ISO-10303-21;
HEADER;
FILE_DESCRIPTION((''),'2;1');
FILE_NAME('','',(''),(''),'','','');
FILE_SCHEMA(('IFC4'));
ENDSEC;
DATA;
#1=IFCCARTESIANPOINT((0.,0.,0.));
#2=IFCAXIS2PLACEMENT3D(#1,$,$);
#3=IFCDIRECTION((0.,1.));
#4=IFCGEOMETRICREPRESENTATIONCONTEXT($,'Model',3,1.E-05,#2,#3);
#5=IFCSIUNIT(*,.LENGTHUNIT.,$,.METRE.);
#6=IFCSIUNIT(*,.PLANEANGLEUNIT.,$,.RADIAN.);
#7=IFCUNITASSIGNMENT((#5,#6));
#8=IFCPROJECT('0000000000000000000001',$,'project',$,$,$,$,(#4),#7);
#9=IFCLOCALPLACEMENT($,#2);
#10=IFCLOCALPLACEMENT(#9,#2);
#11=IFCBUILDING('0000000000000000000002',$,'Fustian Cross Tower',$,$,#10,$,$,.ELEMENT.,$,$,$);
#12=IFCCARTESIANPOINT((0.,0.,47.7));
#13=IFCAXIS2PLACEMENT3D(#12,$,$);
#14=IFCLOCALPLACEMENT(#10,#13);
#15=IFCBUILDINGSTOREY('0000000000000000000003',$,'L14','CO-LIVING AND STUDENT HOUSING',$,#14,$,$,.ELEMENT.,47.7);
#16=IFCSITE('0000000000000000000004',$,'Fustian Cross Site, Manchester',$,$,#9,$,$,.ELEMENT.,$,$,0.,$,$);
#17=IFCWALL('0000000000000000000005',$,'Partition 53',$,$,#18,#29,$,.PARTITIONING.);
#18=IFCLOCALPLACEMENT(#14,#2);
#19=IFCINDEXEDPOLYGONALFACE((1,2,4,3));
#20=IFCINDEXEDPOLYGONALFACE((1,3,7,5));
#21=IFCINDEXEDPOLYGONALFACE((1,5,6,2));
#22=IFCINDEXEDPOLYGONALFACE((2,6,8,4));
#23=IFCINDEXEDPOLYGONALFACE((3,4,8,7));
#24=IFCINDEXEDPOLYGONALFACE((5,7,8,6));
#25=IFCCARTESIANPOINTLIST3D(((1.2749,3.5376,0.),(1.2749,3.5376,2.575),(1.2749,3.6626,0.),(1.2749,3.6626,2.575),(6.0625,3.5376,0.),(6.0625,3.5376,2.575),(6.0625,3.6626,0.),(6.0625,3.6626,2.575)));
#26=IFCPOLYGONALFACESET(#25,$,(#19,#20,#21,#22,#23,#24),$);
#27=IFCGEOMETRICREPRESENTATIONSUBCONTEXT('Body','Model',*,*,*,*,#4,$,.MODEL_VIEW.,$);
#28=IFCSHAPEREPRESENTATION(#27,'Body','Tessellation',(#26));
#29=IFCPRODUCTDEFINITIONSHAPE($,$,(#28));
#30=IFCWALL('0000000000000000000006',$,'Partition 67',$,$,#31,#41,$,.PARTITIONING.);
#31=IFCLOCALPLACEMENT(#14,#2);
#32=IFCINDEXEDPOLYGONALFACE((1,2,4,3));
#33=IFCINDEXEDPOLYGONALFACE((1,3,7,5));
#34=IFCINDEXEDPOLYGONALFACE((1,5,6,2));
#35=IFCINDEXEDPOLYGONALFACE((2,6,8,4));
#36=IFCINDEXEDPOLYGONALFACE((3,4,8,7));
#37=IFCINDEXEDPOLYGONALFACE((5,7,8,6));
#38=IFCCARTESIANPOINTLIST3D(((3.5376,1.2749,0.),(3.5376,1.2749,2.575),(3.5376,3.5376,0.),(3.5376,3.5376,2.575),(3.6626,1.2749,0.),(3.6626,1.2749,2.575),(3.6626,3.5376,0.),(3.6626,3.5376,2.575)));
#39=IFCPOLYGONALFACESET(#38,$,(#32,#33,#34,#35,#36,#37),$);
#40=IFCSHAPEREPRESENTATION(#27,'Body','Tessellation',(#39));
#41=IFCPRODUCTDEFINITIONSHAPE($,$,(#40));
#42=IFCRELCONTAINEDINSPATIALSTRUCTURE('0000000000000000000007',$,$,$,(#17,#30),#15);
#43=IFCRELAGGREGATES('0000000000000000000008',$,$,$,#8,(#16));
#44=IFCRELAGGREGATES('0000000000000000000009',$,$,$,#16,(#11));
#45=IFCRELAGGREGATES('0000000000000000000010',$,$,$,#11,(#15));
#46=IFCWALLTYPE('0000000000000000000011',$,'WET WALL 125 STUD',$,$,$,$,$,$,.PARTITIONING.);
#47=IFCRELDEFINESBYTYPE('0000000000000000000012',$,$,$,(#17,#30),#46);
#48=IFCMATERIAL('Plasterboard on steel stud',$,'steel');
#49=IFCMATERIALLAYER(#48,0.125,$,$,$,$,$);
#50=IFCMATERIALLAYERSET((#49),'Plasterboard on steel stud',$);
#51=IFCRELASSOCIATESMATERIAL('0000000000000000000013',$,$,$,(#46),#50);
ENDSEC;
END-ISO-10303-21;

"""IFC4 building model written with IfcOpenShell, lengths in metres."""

from ifc_helpers import new_model, si_unit, direction, frame, frame_2d, origin, place, context, subcontext, project, spatial, rectangle, extrude, material, layer, layer_set, type_object, element, save


model = new_model("IFC4")

# Units and contexts
model_context = context("Model", 3, precision=1e-05, world=origin(), true_north=direction((0.0, 1.0)))
body_context = subcontext(model_context, "Body", "Model", "MODEL_VIEW")
ifc_project = project(units=[si_unit("LENGTHUNIT", "METRE"), si_unit("PLANEANGLEUNIT", "RADIAN")], contexts=[model_context])

# Site, building, storey
site_placement = place(None, origin())
site = spatial("IfcSite", under=ifc_project, at=site_placement, Name="Fustian Cross Site, Manchester", CompositionType="ELEMENT", RefElevation=0.0)
building_placement = place(site_placement, origin())
building = spatial("IfcBuilding", under=site, at=building_placement, Name="Fustian Cross Tower", CompositionType="ELEMENT")
storey_placement = place(building_placement, frame((0.0, 0.0, 47.7)))
storey = spatial("IfcBuildingStorey", under=building, at=storey_placement, Name="L14", Description="CO-LIVING AND STUDENT HOUSING", CompositionType="ELEMENT", Elevation=47.7)

# Walls
ifc_material_1 = material(Name="Plasterboard on steel stud", Category="steel")
ifc_layer_1 = layer(ifc_material_1, 0.125)
ifc_layer_set_1 = layer_set([ifc_layer_1], Name="Plasterboard on steel stud")
wall_type_1 = type_object("IfcWallType", Name="WET WALL 125 STUD", PredefinedType="PARTITIONING", material=ifc_layer_set_1)
wall_1_placement = place(storey_placement, frame((1.2749, 3.6001, 0.0), z_axis=(0.0, 0.0, 1.0), x_axis=(1.0, 0.0, 0.0)))
element("IfcWall", 1, at=wall_1_placement, inside=storey, type_object=wall_type_1, Name="Partition 53", PredefinedType="PARTITIONING", context=body_context, shape_type="SweptSolid", body=[
    extrude(rectangle(XDim=4.7876, YDim=0.125, at=frame_2d((2.3938, 0.0))), origin(), (0.0, 0.0, 1.0), 2.575),
])
wall_2_placement = place(storey_placement, frame((3.6001, 1.2749, 0.0), z_axis=(0.0, 0.0, 1.0), x_axis=(0.0, 1.0, 0.0)))
element("IfcWall", 2, at=wall_2_placement, inside=storey, type_object=wall_type_1, Name="Partition 67", PredefinedType="PARTITIONING", context=body_context, shape_type="SweptSolid", body=[
    extrude(rectangle(XDim=2.2627, YDim=0.125, at=frame_2d((1.1313, 0.0))), origin(), (0.0, 0.0, 1.0), 2.575),
])

save(model, "model.ifc")
